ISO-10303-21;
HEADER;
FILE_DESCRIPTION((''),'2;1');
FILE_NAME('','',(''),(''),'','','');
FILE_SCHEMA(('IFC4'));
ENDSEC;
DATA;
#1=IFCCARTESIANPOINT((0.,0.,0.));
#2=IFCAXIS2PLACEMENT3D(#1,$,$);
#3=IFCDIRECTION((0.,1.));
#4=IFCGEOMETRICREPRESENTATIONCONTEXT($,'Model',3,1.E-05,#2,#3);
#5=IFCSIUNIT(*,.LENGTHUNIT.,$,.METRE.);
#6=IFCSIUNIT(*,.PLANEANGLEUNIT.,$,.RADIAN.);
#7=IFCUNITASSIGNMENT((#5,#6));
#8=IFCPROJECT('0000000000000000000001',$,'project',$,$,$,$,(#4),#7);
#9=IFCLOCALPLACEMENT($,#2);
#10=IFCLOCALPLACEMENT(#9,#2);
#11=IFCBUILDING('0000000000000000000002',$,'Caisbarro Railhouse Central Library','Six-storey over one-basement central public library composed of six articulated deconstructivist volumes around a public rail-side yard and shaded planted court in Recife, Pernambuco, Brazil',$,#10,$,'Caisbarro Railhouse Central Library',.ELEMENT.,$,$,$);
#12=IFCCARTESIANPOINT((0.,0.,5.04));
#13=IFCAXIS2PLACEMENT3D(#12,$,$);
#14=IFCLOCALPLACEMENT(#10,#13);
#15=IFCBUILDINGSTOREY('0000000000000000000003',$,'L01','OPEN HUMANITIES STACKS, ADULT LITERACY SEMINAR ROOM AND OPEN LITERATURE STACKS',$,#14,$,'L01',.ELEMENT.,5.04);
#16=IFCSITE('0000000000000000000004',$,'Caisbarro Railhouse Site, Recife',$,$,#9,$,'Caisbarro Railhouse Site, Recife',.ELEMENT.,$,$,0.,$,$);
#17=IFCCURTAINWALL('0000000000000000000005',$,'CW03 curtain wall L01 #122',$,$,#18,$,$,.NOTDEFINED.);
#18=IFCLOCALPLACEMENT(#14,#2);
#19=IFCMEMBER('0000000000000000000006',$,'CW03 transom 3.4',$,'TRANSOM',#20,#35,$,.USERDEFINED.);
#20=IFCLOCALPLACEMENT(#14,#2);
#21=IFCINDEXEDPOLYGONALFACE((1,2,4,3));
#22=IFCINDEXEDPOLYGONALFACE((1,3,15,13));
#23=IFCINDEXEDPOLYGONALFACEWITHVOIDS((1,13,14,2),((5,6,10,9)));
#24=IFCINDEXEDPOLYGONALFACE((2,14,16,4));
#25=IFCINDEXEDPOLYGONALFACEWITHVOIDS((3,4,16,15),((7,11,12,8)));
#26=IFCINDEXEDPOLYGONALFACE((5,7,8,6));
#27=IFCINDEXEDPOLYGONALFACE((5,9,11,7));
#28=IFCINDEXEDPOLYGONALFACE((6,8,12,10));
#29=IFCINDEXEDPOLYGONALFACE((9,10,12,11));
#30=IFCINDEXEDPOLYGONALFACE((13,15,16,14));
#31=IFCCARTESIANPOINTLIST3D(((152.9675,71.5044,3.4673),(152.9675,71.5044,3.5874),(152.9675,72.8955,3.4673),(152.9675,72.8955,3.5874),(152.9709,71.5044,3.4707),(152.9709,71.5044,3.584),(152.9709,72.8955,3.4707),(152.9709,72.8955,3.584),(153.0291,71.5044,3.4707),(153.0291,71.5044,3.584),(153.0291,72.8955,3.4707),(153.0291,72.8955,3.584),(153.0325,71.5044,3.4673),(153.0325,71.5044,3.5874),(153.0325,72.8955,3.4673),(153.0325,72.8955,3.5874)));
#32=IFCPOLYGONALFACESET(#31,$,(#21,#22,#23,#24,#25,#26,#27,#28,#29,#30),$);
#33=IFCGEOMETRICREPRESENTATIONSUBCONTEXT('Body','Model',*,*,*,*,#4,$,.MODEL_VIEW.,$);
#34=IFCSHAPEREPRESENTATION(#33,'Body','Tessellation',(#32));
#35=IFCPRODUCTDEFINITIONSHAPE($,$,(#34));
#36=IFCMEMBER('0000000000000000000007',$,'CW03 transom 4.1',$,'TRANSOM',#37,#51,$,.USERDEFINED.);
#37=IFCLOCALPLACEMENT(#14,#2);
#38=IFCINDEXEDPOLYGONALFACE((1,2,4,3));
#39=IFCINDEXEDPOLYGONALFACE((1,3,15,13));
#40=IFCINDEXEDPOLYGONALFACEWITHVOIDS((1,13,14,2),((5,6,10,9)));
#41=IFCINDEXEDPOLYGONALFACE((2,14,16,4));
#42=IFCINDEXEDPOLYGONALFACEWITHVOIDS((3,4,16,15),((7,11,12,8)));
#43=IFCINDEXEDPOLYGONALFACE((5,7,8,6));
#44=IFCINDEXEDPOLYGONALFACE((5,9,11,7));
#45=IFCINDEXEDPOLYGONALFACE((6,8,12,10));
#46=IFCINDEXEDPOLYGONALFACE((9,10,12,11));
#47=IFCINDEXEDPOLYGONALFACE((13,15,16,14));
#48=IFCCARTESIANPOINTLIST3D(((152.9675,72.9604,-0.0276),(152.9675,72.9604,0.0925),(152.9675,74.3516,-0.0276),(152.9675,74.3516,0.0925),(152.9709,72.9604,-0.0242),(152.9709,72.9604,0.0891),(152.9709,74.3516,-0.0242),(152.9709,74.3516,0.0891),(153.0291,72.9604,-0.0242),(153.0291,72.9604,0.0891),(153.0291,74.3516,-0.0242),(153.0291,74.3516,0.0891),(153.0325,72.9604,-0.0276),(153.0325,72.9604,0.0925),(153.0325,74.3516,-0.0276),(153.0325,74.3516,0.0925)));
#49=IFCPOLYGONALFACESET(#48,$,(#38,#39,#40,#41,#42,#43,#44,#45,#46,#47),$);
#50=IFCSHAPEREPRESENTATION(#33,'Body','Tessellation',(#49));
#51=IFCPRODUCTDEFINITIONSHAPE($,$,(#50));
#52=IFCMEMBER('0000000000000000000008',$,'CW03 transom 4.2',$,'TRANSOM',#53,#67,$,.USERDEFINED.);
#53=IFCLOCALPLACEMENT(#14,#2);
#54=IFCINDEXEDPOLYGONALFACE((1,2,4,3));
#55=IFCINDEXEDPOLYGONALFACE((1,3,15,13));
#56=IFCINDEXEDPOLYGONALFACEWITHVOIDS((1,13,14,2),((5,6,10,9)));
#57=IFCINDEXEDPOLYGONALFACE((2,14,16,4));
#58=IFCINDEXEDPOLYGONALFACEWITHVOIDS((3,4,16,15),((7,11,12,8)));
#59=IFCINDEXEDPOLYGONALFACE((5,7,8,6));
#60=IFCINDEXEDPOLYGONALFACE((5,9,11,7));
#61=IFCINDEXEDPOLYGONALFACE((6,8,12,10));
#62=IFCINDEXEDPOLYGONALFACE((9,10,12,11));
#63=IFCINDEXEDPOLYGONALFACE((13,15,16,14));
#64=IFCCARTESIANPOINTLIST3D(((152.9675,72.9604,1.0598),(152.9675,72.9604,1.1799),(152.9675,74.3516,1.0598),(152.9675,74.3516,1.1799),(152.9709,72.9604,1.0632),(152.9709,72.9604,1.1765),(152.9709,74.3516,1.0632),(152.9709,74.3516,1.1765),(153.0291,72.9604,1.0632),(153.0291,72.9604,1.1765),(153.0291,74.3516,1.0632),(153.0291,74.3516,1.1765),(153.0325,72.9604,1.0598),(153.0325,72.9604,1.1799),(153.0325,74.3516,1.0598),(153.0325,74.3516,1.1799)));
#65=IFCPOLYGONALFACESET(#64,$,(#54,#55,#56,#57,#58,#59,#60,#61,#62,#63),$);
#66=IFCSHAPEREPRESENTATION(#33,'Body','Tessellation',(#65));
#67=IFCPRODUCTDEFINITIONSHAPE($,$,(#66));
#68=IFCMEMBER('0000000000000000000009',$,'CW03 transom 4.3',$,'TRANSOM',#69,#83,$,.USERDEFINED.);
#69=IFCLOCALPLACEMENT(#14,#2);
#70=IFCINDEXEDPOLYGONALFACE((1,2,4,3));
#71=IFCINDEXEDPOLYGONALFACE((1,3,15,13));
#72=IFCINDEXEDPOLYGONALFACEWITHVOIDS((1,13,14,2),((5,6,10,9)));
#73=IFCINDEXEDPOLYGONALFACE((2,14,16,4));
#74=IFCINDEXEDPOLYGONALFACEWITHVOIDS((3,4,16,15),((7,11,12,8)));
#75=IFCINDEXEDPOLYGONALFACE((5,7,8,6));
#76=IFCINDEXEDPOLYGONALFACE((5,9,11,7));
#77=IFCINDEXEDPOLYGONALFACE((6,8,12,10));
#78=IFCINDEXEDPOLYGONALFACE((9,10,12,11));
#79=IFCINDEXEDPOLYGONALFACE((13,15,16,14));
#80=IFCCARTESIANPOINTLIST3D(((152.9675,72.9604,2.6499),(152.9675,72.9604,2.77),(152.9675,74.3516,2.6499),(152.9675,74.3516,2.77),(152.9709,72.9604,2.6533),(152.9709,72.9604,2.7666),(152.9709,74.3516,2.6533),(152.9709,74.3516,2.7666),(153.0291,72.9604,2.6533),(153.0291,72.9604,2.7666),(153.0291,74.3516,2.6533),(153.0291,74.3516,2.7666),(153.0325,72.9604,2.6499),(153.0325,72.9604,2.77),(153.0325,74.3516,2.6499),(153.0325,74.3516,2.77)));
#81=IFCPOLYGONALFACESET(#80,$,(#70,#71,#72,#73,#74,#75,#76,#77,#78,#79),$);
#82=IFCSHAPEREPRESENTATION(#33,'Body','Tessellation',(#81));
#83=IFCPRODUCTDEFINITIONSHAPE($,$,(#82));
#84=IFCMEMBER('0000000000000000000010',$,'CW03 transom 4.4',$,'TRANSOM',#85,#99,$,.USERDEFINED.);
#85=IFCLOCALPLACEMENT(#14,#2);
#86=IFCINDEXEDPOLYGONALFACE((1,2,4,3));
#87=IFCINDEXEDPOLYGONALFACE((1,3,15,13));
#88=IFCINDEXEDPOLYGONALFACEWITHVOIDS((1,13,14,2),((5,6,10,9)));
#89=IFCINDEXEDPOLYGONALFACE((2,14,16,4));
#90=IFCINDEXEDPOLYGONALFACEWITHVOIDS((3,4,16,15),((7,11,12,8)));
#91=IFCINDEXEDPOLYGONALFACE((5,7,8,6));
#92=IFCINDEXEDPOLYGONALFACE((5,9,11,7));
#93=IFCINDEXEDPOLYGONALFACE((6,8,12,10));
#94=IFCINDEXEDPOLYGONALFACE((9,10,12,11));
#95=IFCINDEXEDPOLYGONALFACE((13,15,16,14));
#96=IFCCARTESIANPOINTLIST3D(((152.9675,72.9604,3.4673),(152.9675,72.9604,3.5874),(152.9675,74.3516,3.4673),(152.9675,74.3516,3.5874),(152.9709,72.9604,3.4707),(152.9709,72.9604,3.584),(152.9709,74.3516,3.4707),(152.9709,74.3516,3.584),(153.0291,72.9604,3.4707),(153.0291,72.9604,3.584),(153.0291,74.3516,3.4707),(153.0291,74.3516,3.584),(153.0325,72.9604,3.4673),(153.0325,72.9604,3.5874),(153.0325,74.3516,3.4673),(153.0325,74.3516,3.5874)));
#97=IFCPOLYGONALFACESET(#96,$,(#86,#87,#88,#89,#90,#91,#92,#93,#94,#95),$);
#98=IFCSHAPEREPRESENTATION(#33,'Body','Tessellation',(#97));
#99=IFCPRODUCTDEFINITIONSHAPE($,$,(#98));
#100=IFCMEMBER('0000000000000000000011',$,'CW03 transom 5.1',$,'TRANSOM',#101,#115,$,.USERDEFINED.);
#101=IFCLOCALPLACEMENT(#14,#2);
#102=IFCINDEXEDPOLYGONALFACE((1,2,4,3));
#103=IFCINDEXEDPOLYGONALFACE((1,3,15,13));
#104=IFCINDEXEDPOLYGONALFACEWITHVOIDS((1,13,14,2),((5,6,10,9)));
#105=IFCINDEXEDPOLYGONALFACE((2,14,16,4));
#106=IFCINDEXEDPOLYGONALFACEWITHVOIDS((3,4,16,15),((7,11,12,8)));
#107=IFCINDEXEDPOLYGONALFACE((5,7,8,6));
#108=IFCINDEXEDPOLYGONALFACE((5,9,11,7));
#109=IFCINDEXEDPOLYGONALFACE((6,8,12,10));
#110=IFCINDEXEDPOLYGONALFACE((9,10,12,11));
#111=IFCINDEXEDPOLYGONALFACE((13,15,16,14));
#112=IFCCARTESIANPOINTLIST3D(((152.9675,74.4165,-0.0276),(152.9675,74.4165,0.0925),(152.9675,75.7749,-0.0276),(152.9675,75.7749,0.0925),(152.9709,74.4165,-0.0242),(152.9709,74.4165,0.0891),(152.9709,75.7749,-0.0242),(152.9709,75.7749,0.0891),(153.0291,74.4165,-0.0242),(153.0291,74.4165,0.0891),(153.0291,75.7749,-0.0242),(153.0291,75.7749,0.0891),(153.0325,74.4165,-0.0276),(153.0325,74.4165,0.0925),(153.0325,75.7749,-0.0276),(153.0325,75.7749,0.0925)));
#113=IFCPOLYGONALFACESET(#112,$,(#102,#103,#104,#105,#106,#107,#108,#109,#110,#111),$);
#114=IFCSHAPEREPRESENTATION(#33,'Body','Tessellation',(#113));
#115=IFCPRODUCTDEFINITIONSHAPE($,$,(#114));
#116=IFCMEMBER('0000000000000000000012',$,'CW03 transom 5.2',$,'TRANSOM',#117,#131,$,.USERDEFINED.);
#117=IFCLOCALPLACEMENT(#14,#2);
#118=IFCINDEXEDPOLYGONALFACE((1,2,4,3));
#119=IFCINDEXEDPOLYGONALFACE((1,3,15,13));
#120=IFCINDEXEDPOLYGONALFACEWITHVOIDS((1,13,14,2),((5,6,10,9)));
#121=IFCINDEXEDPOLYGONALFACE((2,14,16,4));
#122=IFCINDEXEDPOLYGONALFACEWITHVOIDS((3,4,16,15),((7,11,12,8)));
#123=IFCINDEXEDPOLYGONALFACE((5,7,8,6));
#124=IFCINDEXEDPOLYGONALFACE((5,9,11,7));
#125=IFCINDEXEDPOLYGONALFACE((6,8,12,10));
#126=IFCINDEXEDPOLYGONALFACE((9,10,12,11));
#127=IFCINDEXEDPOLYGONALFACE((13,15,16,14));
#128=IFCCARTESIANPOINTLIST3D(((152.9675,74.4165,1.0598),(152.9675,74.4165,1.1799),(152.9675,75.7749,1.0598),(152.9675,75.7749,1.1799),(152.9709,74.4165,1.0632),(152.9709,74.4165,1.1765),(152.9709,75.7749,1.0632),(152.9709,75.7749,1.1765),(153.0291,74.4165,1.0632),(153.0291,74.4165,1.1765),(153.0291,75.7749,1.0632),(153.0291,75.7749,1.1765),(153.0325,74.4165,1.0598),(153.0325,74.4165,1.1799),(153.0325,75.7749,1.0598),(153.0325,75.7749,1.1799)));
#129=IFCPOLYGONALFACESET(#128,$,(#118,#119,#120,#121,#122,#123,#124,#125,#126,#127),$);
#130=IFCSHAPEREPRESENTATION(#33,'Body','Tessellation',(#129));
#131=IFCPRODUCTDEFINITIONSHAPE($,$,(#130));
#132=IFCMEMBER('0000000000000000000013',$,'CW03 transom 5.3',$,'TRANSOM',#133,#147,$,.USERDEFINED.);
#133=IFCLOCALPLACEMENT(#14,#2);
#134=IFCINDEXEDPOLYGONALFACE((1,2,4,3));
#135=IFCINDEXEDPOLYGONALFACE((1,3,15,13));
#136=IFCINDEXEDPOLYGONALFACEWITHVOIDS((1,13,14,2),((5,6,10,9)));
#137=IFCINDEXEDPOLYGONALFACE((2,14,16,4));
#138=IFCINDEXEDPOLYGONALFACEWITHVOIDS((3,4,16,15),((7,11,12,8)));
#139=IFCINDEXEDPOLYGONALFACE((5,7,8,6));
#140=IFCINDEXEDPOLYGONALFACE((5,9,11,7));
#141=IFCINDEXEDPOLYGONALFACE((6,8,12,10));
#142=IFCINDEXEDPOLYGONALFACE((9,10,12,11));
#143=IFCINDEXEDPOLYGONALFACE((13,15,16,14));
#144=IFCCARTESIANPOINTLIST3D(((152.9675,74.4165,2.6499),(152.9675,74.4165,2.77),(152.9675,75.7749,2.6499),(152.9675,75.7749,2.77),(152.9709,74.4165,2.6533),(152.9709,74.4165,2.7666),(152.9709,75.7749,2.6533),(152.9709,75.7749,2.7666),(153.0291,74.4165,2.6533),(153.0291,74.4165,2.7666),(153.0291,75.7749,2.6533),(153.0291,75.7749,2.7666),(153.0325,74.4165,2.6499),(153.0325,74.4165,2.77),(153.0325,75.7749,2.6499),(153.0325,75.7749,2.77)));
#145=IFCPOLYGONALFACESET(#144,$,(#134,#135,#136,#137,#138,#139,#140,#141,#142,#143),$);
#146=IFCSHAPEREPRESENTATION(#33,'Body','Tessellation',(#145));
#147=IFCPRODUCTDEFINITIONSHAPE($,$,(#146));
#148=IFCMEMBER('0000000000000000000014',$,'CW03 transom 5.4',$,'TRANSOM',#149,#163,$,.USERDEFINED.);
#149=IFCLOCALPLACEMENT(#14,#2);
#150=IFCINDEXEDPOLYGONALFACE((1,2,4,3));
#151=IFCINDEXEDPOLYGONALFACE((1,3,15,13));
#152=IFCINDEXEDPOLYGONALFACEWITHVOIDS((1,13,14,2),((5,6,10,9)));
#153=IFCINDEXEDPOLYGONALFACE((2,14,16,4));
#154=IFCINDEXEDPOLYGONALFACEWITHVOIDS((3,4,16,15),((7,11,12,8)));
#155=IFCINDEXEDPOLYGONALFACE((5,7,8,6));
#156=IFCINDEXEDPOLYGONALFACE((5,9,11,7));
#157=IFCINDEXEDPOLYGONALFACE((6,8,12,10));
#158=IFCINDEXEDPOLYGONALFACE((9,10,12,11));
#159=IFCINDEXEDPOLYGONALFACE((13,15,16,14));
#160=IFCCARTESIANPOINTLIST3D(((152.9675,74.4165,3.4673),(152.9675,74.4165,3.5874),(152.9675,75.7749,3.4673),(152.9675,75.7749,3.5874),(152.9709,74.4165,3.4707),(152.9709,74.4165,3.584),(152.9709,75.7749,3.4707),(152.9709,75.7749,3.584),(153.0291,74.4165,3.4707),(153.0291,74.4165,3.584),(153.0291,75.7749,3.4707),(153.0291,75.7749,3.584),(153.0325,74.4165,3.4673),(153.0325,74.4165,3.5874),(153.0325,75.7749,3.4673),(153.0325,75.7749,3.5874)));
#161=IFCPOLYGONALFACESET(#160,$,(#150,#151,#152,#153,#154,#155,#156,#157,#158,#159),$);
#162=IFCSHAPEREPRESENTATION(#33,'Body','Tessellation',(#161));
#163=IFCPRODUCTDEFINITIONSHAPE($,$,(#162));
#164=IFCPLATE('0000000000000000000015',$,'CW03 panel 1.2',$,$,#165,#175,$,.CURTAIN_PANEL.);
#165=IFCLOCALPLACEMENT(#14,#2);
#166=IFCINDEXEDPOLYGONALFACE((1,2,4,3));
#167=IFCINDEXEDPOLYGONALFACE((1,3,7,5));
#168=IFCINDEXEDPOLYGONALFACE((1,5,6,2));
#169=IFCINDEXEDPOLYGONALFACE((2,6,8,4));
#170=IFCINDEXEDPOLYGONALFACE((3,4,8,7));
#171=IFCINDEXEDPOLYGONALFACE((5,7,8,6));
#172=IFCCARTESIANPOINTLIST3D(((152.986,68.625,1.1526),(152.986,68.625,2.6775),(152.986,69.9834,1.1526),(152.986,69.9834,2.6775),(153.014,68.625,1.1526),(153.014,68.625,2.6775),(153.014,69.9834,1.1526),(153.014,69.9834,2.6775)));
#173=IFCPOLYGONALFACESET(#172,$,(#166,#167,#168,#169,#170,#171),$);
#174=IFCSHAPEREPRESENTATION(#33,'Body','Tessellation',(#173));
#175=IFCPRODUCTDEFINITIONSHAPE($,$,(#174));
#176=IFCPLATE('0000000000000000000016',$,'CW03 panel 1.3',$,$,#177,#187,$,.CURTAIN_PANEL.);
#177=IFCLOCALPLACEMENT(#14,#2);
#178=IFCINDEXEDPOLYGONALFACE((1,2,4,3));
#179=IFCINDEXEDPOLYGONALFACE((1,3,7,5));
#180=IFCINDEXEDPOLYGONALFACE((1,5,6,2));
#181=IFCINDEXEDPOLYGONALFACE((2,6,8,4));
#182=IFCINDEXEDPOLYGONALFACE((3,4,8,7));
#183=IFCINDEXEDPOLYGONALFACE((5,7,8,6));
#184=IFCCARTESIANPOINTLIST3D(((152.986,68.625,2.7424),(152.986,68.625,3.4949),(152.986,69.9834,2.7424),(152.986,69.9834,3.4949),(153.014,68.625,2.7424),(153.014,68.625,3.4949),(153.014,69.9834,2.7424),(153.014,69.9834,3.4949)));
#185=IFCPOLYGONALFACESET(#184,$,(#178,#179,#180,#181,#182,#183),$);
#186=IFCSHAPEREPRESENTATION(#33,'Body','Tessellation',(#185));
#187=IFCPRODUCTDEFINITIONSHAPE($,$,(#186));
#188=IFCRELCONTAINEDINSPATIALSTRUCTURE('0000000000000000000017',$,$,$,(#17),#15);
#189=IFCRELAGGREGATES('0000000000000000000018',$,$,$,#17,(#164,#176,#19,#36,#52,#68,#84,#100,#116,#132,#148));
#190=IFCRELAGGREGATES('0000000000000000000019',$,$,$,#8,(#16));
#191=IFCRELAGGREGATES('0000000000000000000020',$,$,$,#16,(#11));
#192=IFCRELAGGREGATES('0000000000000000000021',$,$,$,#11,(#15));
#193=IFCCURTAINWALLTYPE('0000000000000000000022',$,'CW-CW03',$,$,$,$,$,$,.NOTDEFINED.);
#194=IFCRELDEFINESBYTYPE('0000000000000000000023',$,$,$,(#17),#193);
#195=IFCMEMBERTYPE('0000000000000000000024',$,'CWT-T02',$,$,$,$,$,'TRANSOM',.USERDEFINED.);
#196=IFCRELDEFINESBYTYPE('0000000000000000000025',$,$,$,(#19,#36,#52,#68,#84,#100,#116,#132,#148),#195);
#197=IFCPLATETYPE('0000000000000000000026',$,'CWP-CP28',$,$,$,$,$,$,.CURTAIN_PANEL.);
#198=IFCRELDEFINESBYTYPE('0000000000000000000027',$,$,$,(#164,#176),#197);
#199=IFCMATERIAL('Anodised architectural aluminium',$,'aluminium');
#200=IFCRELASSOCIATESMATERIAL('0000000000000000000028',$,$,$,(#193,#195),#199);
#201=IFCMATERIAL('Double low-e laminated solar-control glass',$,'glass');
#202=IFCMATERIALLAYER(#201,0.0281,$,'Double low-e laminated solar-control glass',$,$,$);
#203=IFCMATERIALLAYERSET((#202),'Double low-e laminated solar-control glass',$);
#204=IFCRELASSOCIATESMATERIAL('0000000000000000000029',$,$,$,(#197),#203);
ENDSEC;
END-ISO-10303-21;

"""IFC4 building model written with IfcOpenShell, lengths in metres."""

from ifc_helpers import new_model, si_unit, direction, frame, origin, origin_2d, place, context, subcontext, project, spatial, rectangle, hollow_rectangle, extrude, material, layer, layer_set, material_profile, profile_set, type_object, element, aggregate, save


model = new_model("IFC4")

# Units and contexts
model_context = context("Model", 3, precision=1e-05, world=origin(), true_north=direction((0.0, 1.0)))
body_context = subcontext(model_context, "Body", "Model", "MODEL_VIEW")
ifc_project = project(units=[si_unit("LENGTHUNIT", "METRE"), si_unit("PLANEANGLEUNIT", "RADIAN")], contexts=[model_context])

# Site, building, storey
site_placement = place(None, origin())
site = spatial("IfcSite", under=ifc_project, at=site_placement, Name="Caisbarro Railhouse Site, Recife", LongName="Caisbarro Railhouse Site, Recife", CompositionType="ELEMENT", RefElevation=0.0)
building_placement = place(site_placement, origin())
building = spatial("IfcBuilding", under=site, at=building_placement, Name="Caisbarro Railhouse Central Library", Description="Six-storey over one-basement central public library composed of six articulated deconstructivist volumes around a public rail-side yard and shaded planted court in Recife, Pernambuco, Brazil", LongName="Caisbarro Railhouse Central Library", CompositionType="ELEMENT")
storey_placement = place(building_placement, frame((0.0, 0.0, 5.04)))
storey = spatial("IfcBuildingStorey", under=building, at=storey_placement, Name="L01", Description="OPEN HUMANITIES STACKS, ADULT LITERACY SEMINAR ROOM AND OPEN LITERATURE STACKS", LongName="L01", CompositionType="ELEMENT", Elevation=5.04)

# Curtain wall, members, plates
ifc_material_1 = material(Name="Anodised architectural aluminium", Category="aluminium")
curtain_wall_type = type_object("IfcCurtainWallType", Name="CW-CW03", PredefinedType="NOTDEFINED", material=ifc_material_1)
curtain_wall_placement = place(storey_placement, origin())
curtain_wall = element("IfcCurtainWall", 1, at=curtain_wall_placement, inside=storey, type_object=curtain_wall_type, Name="CW03 curtain wall L01 #122", PredefinedType="NOTDEFINED")
ifc_material_profile_1 = material_profile(ifc_material_1, hollow_rectangle(XDim=0.0649, YDim=0.1201, WallThickness=0.0034, at=origin_2d()), Name="ALU-TRN-65X120")
ifc_profile_set_1 = profile_set([ifc_material_profile_1], Name="Anodised architectural aluminium")
member_type_1 = type_object("IfcMemberType", Name="CWT-T02", ElementType="TRANSOM", PredefinedType="USERDEFINED", material=ifc_profile_set_1)
member_1_placement = place(storey_placement, frame((153.0, 71.5044, 3.5273), z_axis=(0.0, 1.0, 0.0), x_axis=(-1.0, 0.0, 0.0)))
member_1 = element("IfcMember", 2, at=member_1_placement, type_object=member_type_1, Name="CW03 transom 3.4", ObjectType="TRANSOM", PredefinedType="USERDEFINED", context=body_context, shape_type="SweptSolid", body=[
    extrude(hollow_rectangle(XDim=0.0649, YDim=0.1201, WallThickness=0.0034, at=origin_2d()), origin(), (0.0, 0.0, 1.0), 1.3911),
])
member_2_placement = place(storey_placement, frame((153.0, 72.9604, 0.0325), z_axis=(0.0, 1.0, 0.0), x_axis=(-1.0, 0.0, 0.0)))
member_2 = element("IfcMember", 3, at=member_2_placement, type_object=member_type_1, Name="CW03 transom 4.1", ObjectType="TRANSOM", PredefinedType="USERDEFINED", context=body_context, shape_type="SweptSolid", body=[
    extrude(hollow_rectangle(XDim=0.0649, YDim=0.1201, WallThickness=0.0034, at=origin_2d()), origin(), (0.0, 0.0, 1.0), 1.3911),
])
member_3_placement = place(storey_placement, frame((153.0, 72.9604, 1.1199), z_axis=(0.0, 1.0, 0.0), x_axis=(-1.0, 0.0, 0.0)))
member_3 = element("IfcMember", 4, at=member_3_placement, type_object=member_type_1, Name="CW03 transom 4.2", ObjectType="TRANSOM", PredefinedType="USERDEFINED", context=body_context, shape_type="SweptSolid", body=[
    extrude(hollow_rectangle(XDim=0.0649, YDim=0.1201, WallThickness=0.0034, at=origin_2d()), origin(), (0.0, 0.0, 1.0), 1.3911),
])
member_4_placement = place(storey_placement, frame((153.0, 72.9604, 2.71), z_axis=(0.0, 1.0, 0.0), x_axis=(-1.0, 0.0, 0.0)))
member_4 = element("IfcMember", 5, at=member_4_placement, type_object=member_type_1, Name="CW03 transom 4.3", ObjectType="TRANSOM", PredefinedType="USERDEFINED", context=body_context, shape_type="SweptSolid", body=[
    extrude(hollow_rectangle(XDim=0.0649, YDim=0.1201, WallThickness=0.0034, at=origin_2d()), origin(), (0.0, 0.0, 1.0), 1.3911),
])
member_5_placement = place(storey_placement, frame((153.0, 72.9604, 3.5273), z_axis=(0.0, 1.0, 0.0), x_axis=(-1.0, 0.0, 0.0)))
member_5 = element("IfcMember", 6, at=member_5_placement, type_object=member_type_1, Name="CW03 transom 4.4", ObjectType="TRANSOM", PredefinedType="USERDEFINED", context=body_context, shape_type="SweptSolid", body=[
    extrude(hollow_rectangle(XDim=0.0649, YDim=0.1201, WallThickness=0.0034, at=origin_2d()), origin(), (0.0, 0.0, 1.0), 1.3911),
])
member_6_placement = place(storey_placement, frame((153.0, 74.4165, 0.0325), z_axis=(0.0, 1.0, 0.0), x_axis=(-1.0, 0.0, 0.0)))
member_6 = element("IfcMember", 7, at=member_6_placement, type_object=member_type_1, Name="CW03 transom 5.1", ObjectType="TRANSOM", PredefinedType="USERDEFINED", context=body_context, shape_type="SweptSolid", body=[
    extrude(hollow_rectangle(XDim=0.0649, YDim=0.1201, WallThickness=0.0034, at=origin_2d()), origin(), (0.0, 0.0, 1.0), 1.3584),
])
member_7_placement = place(storey_placement, frame((153.0, 74.4165, 1.1199), z_axis=(0.0, 1.0, 0.0), x_axis=(-1.0, 0.0, 0.0)))
member_7 = element("IfcMember", 8, at=member_7_placement, type_object=member_type_1, Name="CW03 transom 5.2", ObjectType="TRANSOM", PredefinedType="USERDEFINED", context=body_context, shape_type="SweptSolid", body=[
    extrude(hollow_rectangle(XDim=0.0649, YDim=0.1201, WallThickness=0.0034, at=origin_2d()), origin(), (0.0, 0.0, 1.0), 1.3584),
])
member_8_placement = place(storey_placement, frame((153.0, 74.4165, 2.71), z_axis=(0.0, 1.0, 0.0), x_axis=(-1.0, 0.0, 0.0)))
member_8 = element("IfcMember", 9, at=member_8_placement, type_object=member_type_1, Name="CW03 transom 5.3", ObjectType="TRANSOM", PredefinedType="USERDEFINED", context=body_context, shape_type="SweptSolid", body=[
    extrude(hollow_rectangle(XDim=0.0649, YDim=0.1201, WallThickness=0.0034, at=origin_2d()), origin(), (0.0, 0.0, 1.0), 1.3584),
])
member_9_placement = place(storey_placement, frame((153.0, 74.4165, 3.5273), z_axis=(0.0, 1.0, 0.0), x_axis=(-1.0, 0.0, 0.0)))
member_9 = element("IfcMember", 10, at=member_9_placement, type_object=member_type_1, Name="CW03 transom 5.4", ObjectType="TRANSOM", PredefinedType="USERDEFINED", context=body_context, shape_type="SweptSolid", body=[
    extrude(hollow_rectangle(XDim=0.0649, YDim=0.1201, WallThickness=0.0034, at=origin_2d()), origin(), (0.0, 0.0, 1.0), 1.3584),
])
ifc_material_2 = material(Name="Double low-e laminated solar-control glass", Category="glass")
ifc_layer = layer(ifc_material_2, 0.0281, Name="Double low-e laminated solar-control glass")
ifc_layer_set = layer_set([ifc_layer], Name="Double low-e laminated solar-control glass")
plate_type = type_object("IfcPlateType", Name="CWP-CP28", PredefinedType="CURTAIN_PANEL", material=ifc_layer_set)
plate_1_placement = place(storey_placement, frame((153.0, 69.3042, 1.1526), z_axis=(0.0, 0.0, 1.0), x_axis=(0.0, 1.0, 0.0)))
plate_1 = element("IfcPlate", 11, at=plate_1_placement, type_object=plate_type, Name="CW03 panel 1.2", PredefinedType="CURTAIN_PANEL", context=body_context, shape_type="SweptSolid", body=[
    extrude(rectangle(XDim=1.3584, YDim=0.0281, at=origin_2d()), origin(), (0.0, 0.0, 1.0), 1.5249),
])
plate_2_placement = place(storey_placement, frame((153.0, 69.3042, 2.7424), z_axis=(0.0, 0.0, 1.0), x_axis=(0.0, 1.0, 0.0)))
plate_2 = element("IfcPlate", 12, at=plate_2_placement, type_object=plate_type, Name="CW03 panel 1.3", PredefinedType="CURTAIN_PANEL", context=body_context, shape_type="SweptSolid", body=[
    extrude(rectangle(XDim=1.3584, YDim=0.0281, at=origin_2d()), origin(), (0.0, 0.0, 1.0), 0.7524),
])
aggregate(curtain_wall, [plate_1, plate_2, member_1, member_2, member_3, member_4, member_5, member_6, member_7, member_8, member_9])

save(model, "model.ifc")
